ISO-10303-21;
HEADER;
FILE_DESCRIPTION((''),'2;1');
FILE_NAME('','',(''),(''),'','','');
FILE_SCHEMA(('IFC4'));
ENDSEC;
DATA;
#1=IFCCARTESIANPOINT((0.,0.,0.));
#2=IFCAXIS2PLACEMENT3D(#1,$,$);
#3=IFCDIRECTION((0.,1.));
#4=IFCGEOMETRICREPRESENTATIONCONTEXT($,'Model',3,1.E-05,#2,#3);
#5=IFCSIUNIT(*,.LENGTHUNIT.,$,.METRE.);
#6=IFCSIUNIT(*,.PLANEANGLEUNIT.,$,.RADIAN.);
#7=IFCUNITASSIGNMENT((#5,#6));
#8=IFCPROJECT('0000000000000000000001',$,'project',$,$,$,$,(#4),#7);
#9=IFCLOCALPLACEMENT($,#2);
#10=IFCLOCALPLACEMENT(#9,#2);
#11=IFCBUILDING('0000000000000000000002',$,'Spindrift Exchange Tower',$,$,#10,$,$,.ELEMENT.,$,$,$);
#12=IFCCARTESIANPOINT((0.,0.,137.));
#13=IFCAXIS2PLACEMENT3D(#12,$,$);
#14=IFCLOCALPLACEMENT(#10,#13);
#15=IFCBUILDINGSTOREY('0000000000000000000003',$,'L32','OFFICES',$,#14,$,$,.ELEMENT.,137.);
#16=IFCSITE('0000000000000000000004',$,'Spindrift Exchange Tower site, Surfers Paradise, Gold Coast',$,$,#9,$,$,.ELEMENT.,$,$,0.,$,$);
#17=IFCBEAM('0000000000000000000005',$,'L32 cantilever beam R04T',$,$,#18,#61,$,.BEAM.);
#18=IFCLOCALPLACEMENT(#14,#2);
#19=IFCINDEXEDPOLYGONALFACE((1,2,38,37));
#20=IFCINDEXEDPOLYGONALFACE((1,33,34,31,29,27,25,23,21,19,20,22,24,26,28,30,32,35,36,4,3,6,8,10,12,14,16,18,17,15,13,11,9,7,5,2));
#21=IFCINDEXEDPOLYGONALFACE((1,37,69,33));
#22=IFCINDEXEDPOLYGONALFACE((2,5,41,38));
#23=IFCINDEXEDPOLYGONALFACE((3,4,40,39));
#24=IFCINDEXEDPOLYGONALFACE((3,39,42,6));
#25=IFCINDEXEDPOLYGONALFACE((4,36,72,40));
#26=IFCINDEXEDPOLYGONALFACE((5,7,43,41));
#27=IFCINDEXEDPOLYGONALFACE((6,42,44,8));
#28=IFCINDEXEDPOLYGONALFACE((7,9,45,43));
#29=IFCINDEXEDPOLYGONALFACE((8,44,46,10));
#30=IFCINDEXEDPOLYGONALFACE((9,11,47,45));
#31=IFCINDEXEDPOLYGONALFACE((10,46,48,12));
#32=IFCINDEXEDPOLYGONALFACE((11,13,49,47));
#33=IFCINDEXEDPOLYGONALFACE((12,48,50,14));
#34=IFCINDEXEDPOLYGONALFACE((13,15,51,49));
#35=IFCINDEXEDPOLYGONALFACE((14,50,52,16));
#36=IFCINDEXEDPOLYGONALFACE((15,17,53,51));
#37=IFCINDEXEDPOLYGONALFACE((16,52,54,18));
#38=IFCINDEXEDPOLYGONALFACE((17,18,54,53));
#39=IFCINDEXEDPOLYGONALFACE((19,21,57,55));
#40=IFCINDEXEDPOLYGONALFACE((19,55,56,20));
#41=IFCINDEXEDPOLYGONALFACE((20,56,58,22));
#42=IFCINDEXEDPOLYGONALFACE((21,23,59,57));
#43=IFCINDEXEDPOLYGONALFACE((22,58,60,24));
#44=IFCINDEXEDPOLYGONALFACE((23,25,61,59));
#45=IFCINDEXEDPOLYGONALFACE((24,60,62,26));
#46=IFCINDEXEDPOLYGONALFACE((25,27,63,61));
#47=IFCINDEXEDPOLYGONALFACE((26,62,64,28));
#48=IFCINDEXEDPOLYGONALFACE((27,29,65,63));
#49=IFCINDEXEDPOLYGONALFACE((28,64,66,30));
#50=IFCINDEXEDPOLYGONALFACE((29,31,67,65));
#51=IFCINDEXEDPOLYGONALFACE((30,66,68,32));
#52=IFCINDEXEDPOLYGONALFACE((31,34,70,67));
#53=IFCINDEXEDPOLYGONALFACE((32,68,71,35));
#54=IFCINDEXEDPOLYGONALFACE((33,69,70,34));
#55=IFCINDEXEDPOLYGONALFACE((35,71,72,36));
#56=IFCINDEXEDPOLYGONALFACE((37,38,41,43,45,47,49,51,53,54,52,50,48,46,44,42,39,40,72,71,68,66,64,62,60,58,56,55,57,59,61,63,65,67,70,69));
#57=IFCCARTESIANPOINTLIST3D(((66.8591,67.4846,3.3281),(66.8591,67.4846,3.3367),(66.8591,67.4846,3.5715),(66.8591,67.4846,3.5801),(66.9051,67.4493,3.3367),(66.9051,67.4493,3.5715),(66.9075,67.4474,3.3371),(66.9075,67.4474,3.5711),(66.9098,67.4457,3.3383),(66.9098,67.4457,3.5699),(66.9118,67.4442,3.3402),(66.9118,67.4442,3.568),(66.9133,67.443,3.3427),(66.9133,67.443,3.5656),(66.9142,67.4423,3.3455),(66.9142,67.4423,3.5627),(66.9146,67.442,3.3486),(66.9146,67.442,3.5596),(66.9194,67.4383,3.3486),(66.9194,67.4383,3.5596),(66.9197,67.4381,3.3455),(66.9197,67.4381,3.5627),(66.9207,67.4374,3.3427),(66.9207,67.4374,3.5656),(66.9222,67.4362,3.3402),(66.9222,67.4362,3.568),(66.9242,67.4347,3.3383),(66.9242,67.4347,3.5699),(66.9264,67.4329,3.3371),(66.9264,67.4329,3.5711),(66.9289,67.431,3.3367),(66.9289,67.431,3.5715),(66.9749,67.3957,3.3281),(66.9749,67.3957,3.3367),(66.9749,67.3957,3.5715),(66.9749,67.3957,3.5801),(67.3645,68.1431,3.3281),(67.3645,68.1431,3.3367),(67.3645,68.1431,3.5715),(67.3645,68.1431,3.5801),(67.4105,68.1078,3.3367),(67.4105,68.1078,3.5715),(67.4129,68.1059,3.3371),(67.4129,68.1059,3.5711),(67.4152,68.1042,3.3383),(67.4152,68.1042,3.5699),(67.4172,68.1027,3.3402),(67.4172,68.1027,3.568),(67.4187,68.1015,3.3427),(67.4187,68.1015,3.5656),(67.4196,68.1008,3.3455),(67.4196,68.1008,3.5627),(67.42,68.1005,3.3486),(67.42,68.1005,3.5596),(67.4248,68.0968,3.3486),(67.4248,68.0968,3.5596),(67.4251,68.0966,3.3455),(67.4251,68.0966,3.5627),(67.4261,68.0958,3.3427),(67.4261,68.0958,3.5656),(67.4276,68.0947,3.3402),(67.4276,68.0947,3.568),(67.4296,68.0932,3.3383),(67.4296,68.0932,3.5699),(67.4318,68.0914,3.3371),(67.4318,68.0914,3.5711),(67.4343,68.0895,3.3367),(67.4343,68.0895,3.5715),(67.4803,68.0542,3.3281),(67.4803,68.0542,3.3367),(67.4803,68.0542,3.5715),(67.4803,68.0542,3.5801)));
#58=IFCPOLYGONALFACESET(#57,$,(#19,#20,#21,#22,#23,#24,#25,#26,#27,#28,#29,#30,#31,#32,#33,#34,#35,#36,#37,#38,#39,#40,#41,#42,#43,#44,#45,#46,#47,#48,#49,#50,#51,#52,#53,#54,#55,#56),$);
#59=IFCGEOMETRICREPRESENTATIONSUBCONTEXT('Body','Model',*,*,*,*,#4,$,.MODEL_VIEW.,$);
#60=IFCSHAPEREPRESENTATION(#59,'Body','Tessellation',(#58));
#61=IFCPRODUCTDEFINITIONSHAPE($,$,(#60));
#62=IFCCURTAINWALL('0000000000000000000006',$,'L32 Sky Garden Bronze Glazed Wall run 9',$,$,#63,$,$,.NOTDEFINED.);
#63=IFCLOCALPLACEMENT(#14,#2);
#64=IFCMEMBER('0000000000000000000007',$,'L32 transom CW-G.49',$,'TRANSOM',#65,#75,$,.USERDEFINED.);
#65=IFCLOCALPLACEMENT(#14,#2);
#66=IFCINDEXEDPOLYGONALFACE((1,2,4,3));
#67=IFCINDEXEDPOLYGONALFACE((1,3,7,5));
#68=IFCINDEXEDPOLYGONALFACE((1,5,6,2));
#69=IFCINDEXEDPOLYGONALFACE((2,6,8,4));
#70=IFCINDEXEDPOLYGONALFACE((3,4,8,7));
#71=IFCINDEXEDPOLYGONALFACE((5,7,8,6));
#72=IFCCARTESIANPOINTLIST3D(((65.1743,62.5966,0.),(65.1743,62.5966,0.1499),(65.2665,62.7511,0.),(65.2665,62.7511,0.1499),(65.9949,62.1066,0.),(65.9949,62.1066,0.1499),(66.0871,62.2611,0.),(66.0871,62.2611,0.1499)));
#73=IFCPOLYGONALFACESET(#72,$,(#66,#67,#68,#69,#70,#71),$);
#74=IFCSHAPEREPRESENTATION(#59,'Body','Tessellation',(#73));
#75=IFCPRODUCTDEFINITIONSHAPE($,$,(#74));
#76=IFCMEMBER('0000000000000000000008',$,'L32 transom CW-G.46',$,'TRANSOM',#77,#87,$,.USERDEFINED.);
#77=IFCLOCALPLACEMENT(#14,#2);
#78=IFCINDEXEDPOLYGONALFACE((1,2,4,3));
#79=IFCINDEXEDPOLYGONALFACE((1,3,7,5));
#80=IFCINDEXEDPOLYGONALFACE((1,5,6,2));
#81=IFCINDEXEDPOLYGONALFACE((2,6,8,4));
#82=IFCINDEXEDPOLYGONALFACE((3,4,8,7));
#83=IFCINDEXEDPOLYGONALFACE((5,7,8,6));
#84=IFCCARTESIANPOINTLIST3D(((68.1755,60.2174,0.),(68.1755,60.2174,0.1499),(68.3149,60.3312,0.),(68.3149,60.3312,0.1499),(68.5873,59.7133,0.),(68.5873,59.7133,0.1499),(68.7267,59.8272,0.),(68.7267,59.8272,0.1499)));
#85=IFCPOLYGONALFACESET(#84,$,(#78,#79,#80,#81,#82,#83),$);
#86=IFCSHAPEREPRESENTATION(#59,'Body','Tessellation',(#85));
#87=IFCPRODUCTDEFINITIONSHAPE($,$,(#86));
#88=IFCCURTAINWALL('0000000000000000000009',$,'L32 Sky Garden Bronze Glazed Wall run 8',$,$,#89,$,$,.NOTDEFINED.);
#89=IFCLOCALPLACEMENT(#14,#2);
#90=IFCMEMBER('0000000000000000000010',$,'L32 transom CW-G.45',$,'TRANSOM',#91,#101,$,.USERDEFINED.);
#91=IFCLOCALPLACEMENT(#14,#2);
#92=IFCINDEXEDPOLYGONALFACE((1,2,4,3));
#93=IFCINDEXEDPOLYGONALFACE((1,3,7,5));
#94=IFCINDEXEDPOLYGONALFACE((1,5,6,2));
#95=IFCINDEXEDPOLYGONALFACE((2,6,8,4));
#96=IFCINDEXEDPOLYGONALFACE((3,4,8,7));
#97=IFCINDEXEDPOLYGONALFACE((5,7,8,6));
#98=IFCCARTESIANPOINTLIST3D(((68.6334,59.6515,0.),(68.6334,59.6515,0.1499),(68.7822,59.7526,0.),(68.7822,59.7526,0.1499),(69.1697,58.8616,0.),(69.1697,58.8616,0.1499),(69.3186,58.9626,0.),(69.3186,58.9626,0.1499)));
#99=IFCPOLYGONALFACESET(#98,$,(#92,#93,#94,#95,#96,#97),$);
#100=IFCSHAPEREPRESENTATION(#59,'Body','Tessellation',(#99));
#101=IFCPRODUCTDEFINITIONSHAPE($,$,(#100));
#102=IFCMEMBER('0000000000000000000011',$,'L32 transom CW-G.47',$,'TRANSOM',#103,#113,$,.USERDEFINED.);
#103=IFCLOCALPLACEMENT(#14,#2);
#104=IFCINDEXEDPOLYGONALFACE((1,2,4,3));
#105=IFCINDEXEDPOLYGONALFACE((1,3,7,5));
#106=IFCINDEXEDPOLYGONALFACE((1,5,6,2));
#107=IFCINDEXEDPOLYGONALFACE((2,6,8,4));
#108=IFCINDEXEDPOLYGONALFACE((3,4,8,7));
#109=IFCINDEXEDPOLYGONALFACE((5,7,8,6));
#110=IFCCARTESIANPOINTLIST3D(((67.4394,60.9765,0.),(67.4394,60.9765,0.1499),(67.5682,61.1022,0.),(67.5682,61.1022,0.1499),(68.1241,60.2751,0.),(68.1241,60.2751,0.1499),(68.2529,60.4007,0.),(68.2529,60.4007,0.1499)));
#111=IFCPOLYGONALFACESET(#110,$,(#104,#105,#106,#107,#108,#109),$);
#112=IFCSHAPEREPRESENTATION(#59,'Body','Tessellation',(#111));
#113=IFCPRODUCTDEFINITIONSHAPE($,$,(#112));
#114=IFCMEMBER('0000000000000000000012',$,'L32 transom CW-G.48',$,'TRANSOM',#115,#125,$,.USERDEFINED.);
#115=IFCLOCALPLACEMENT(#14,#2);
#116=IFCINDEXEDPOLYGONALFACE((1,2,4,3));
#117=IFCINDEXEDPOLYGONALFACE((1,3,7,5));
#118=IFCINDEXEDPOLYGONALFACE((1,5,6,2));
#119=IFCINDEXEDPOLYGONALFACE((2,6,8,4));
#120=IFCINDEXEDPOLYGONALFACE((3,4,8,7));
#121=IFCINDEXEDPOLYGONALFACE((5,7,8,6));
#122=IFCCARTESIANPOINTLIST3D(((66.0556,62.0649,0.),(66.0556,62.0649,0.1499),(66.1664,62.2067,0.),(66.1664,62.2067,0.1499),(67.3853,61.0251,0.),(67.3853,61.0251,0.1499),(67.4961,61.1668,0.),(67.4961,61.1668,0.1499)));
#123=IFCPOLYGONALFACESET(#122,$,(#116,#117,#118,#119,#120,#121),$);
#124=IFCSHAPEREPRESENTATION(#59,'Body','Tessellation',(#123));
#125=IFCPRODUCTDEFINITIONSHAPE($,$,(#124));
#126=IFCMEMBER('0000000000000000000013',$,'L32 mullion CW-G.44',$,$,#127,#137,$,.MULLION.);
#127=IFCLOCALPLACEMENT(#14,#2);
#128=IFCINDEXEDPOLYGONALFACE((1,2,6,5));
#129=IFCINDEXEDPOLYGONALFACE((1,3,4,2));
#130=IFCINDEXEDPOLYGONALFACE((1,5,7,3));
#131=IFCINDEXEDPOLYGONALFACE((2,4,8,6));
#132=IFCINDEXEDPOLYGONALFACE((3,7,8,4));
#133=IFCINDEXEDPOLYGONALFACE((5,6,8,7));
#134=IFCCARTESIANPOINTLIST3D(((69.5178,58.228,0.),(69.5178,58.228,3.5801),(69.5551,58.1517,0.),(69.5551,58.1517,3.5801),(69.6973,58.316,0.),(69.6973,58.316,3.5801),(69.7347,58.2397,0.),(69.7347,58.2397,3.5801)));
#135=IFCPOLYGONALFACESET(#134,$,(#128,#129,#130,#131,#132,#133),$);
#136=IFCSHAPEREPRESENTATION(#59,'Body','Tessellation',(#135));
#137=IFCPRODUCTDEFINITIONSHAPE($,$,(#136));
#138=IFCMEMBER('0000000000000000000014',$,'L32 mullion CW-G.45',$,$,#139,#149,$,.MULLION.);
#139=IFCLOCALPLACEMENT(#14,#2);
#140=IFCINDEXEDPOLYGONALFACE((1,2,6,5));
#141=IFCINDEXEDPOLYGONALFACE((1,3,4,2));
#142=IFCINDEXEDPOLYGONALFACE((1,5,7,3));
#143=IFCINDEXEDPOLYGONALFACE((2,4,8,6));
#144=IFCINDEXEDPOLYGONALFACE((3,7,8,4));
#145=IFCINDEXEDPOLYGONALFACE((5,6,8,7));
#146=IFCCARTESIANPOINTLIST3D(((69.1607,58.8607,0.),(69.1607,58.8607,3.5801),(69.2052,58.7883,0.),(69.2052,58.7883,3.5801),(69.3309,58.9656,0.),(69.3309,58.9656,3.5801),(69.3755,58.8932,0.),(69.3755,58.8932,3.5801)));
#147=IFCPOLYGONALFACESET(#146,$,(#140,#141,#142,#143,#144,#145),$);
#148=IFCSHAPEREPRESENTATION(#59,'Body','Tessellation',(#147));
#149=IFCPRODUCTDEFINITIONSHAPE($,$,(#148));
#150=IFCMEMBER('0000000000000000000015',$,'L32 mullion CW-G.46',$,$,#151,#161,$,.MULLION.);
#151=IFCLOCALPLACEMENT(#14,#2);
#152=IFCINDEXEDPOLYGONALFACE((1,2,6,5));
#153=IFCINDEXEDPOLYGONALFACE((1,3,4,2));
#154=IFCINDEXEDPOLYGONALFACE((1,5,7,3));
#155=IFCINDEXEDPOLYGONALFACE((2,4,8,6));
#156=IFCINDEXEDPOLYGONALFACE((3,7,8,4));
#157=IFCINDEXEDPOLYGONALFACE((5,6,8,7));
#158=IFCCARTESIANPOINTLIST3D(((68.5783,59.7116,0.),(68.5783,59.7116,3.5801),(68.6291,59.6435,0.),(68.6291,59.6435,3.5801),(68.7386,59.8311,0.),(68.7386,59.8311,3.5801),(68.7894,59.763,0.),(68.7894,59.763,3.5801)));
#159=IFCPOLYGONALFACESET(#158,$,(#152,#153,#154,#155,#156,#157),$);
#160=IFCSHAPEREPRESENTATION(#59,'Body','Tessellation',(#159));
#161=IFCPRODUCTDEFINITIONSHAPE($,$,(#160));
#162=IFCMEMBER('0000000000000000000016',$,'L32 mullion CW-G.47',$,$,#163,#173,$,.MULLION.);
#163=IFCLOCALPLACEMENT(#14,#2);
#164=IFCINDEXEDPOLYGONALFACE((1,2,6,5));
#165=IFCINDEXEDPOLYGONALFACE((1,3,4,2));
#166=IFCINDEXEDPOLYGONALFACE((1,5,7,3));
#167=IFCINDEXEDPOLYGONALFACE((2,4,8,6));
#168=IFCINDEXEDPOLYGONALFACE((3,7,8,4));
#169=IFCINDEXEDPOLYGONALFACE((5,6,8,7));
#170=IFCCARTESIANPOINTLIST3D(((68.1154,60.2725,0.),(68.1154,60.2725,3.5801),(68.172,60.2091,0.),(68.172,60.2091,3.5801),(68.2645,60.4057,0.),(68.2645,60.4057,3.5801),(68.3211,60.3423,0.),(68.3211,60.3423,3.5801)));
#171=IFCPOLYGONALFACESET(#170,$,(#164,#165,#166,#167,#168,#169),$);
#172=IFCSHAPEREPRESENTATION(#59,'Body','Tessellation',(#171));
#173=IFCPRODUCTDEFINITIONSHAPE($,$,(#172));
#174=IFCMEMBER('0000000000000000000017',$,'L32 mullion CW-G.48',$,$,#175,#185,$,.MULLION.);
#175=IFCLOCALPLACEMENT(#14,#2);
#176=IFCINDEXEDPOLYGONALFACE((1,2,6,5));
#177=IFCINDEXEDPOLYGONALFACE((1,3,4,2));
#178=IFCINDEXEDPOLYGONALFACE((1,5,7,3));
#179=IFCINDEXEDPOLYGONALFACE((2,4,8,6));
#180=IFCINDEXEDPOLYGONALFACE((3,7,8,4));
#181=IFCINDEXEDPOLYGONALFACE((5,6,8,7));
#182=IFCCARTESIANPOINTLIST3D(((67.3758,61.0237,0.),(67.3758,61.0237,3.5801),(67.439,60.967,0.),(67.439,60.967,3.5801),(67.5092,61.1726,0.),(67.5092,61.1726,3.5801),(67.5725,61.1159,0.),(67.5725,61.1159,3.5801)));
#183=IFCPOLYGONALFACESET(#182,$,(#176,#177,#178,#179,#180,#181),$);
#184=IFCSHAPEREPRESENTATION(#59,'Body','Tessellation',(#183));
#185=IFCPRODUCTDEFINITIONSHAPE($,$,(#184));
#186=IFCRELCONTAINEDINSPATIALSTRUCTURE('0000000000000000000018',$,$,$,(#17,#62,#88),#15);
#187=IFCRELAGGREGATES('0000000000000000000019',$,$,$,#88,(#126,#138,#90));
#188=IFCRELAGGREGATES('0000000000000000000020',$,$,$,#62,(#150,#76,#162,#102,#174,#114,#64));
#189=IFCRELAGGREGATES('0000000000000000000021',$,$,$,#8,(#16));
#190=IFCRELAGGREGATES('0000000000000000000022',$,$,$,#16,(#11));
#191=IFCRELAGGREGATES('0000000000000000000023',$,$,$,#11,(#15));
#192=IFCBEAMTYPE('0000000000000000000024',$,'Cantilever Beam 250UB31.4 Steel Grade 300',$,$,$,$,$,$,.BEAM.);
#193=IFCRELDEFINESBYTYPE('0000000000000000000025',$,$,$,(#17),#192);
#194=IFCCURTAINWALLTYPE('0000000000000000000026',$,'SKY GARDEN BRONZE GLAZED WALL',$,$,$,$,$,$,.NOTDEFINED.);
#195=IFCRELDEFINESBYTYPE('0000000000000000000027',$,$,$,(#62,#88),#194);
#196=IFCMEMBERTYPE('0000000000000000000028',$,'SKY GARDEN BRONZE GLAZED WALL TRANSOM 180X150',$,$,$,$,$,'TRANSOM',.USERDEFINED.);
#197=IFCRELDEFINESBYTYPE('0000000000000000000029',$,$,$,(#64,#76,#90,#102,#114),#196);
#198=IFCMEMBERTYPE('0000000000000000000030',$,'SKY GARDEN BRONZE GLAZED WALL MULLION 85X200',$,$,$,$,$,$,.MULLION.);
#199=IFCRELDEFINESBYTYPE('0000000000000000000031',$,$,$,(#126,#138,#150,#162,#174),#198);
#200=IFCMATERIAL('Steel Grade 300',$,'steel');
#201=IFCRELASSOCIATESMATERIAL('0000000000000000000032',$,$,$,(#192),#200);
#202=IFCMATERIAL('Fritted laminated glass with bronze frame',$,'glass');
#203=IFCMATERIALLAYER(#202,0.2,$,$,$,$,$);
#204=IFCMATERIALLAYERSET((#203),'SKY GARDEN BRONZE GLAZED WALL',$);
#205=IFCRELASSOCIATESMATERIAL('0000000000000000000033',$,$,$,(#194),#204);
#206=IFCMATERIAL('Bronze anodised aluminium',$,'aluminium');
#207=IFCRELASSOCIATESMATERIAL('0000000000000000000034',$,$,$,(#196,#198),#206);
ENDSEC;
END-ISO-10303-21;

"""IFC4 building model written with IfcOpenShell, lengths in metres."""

from ifc_helpers import new_model, si_unit, direction, frame, origin, origin_2d, place, context, subcontext, project, spatial, rectangle, i_section, extrude, source, transform, mapped, material, layer, layer_set, material_profile, profile_set, type_object, element, aggregate, save


model = new_model("IFC4")

# Units and contexts
model_context = context("Model", 3, precision=1e-05, world=origin(), true_north=direction((0.0, 1.0)))
body_context = subcontext(model_context, "Body", "Model", "MODEL_VIEW")
ifc_project = project(units=[si_unit("LENGTHUNIT", "METRE"), si_unit("PLANEANGLEUNIT", "RADIAN")], contexts=[model_context])

# Site, building, storey
site_placement = place(None, origin())
site = spatial("IfcSite", under=ifc_project, at=site_placement, Name="Spindrift Exchange Tower site, Surfers Paradise, Gold Coast", CompositionType="ELEMENT", RefElevation=0.0)
building_placement = place(site_placement, origin())
building = spatial("IfcBuilding", under=site, at=building_placement, Name="Spindrift Exchange Tower", CompositionType="ELEMENT")
storey_placement = place(building_placement, frame((0.0, 0.0, 137.0)))
storey = spatial("IfcBuildingStorey", under=building, at=storey_placement, Name="L32", Description="OFFICES", CompositionType="ELEMENT", Elevation=137.0)

# Beam
ifc_material_1 = material(Name="Steel Grade 300", Category="steel")
ifc_material_profile_1 = material_profile(ifc_material_1, i_section(OverallWidth=0.146, OverallDepth=0.252, WebThickness=0.0061, FlangeThickness=0.0085, FilletRadius=0.012, at=origin_2d()), Name="250UB31.4")
ifc_profile_set_1 = profile_set([ifc_material_profile_1], Name="Steel Grade 300")
beam_type_1 = type_object("IfcBeamType", Name="Cantilever Beam 250UB31.4 Steel Grade 300", PredefinedType="BEAM", material=ifc_profile_set_1)
shared_shape_1 = source(origin(), body_context, "Body", "SweptSolid", [
    extrude(i_section(OverallWidth=0.146, OverallDepth=0.252, WebThickness=0.0061, FlangeThickness=0.0085, FilletRadius=0.012, at=origin_2d()), origin(), (0.0, 0.0, 1.0), 0.8301),
])
beam_1_placement = place(storey_placement, frame((66.917, 67.4402, 3.4541), z_axis=(0.608858, 0.79328, 0.0), x_axis=(-0.79328, 0.608858, 0.0)))
element("IfcBeam", 1, at=beam_1_placement, inside=storey, type_object=beam_type_1, Name="L32 cantilever beam R04T", PredefinedType="BEAM", context=body_context, shape_type="MappedRepresentation", body=[
    mapped(shared_shape_1, transform((0.0, 0.0, 0.0), scale=1.0)),
])

# Curtain wall, members
ifc_material_2 = material(Name="Fritted laminated glass with bronze frame", Category="glass")
ifc_layer_1 = layer(ifc_material_2, 0.2)
ifc_layer_set_1 = layer_set([ifc_layer_1], Name="SKY GARDEN BRONZE GLAZED WALL")
curtain_wall_type = type_object("IfcCurtainWallType", Name="SKY GARDEN BRONZE GLAZED WALL", PredefinedType="NOTDEFINED", material=ifc_layer_set_1)
curtain_wall_1_placement = place(storey_placement, origin())
curtain_wall_1 = element("IfcCurtainWall", 2, at=curtain_wall_1_placement, inside=storey, type_object=curtain_wall_type, Name="L32 Sky Garden Bronze Glazed Wall run 9", PredefinedType="NOTDEFINED")
ifc_material_3 = material(Name="Bronze anodised aluminium", Category="aluminium")
ifc_material_profile_2 = material_profile(ifc_material_3, rectangle(XDim=0.1799, YDim=0.1499, at=origin_2d()), Name="SKY GARDEN BRONZE GLAZED WALL TRANSOM 180X150")
ifc_profile_set_2 = profile_set([ifc_material_profile_2], Name="Bronze anodised aluminium")
member_type_1 = type_object("IfcMemberType", Name="SKY GARDEN BRONZE GLAZED WALL TRANSOM 180X150", ElementType="TRANSOM", PredefinedType="USERDEFINED", material=ifc_profile_set_2)
shared_shape_2 = source(origin(), body_context, "Body", "SweptSolid", [
    extrude(rectangle(XDim=0.1799, YDim=0.1499, at=origin_2d()), origin(), (0.0, 0.0, 1.0), 0.9558),
])
member_1_placement = place(storey_placement, frame((66.041, 62.1838, 0.075), z_axis=(-0.858573, 0.512691, 0.0), x_axis=(-0.512691, -0.858573, 0.0)))
member_1 = element("IfcMember", 3, at=member_1_placement, type_object=member_type_1, Name="L32 transom CW-G.49", ObjectType="TRANSOM", PredefinedType="USERDEFINED", context=body_context, shape_type="MappedRepresentation", body=[
    mapped(shared_shape_2, transform((0.0, 0.0, 0.0), scale=1.0)),
])
shared_shape_3 = source(origin(), body_context, "Body", "SweptSolid", [
    extrude(rectangle(XDim=0.1799, YDim=0.1499, at=origin_2d()), origin(), (0.0, 0.0, 1.0), 0.6509),
])
member_2_placement = place(storey_placement, frame((68.657, 59.7703, 0.075), z_axis=(-0.632666, 0.774425, 0.0), x_axis=(-0.774425, -0.632666, 0.0)))
member_2 = element("IfcMember", 4, at=member_2_placement, type_object=member_type_1, Name="L32 transom CW-G.46", ObjectType="TRANSOM", PredefinedType="USERDEFINED", context=body_context, shape_type="MappedRepresentation", body=[
    mapped(shared_shape_3, transform((0.0, 0.0, 0.0), scale=1.0)),
])

# Curtain wall, member
curtain_wall_2_placement = place(storey_placement, origin())
curtain_wall_2 = element("IfcCurtainWall", 5, at=curtain_wall_2_placement, inside=storey, type_object=curtain_wall_type, Name="L32 Sky Garden Bronze Glazed Wall run 8", PredefinedType="NOTDEFINED")
shared_shape_4 = source(origin(), body_context, "Body", "SweptSolid", [
    extrude(rectangle(XDim=0.1799, YDim=0.1499, at=origin_2d()), origin(), (0.0, 0.0, 1.0), 0.9548),
])
member_3_placement = place(storey_placement, frame((69.2441, 58.9121, 0.075), z_axis=(-0.561701, 0.82734, 0.0), x_axis=(-0.82734, -0.561701, 0.0)))
member_3 = element("IfcMember", 6, at=member_3_placement, type_object=member_type_1, Name="L32 transom CW-G.45", ObjectType="TRANSOM", PredefinedType="USERDEFINED", context=body_context, shape_type="MappedRepresentation", body=[
    mapped(shared_shape_4, transform((0.0, 0.0, 0.0), scale=1.0)),
])

# Members
shared_shape_5 = source(origin(), body_context, "Body", "SweptSolid", [
    extrude(rectangle(XDim=0.1799, YDim=0.1499, at=origin_2d()), origin(), (0.0, 0.0, 1.0), 0.9802),
])
member_4_placement = place(storey_placement, frame((68.1885, 60.3379, 0.075), z_axis=(-0.698461, 0.715648, 0.0), x_axis=(-0.715648, -0.698461, 0.0)))
member_4 = element("IfcMember", 7, at=member_4_placement, type_object=member_type_1, Name="L32 transom CW-G.47", ObjectType="TRANSOM", PredefinedType="USERDEFINED", context=body_context, shape_type="MappedRepresentation", body=[
    mapped(shared_shape_5, transform((0.0, 0.0, 0.0), scale=1.0)),
])
shared_shape_6 = source(origin(), body_context, "Body", "SweptSolid", [
    extrude(rectangle(XDim=0.1799, YDim=0.1499, at=origin_2d()), origin(), (0.0, 0.0, 1.0), 1.688),
])
member_5_placement = place(storey_placement, frame((67.4407, 61.0959, 0.075), z_axis=(-0.787722, 0.616031, 0.0), x_axis=(-0.616031, -0.787722, 0.0)))
member_5 = element("IfcMember", 8, at=member_5_placement, type_object=member_type_1, Name="L32 transom CW-G.48", ObjectType="TRANSOM", PredefinedType="USERDEFINED", context=body_context, shape_type="MappedRepresentation", body=[
    mapped(shared_shape_6, transform((0.0, 0.0, 0.0), scale=1.0)),
])
ifc_material_profile_3 = material_profile(ifc_material_3, rectangle(XDim=0.085, YDim=0.2, at=origin_2d()), Name="SKY GARDEN BRONZE GLAZED WALL MULLION 85X200")
ifc_profile_set_3 = profile_set([ifc_material_profile_3], Name="Bronze anodised aluminium")
member_type_2 = type_object("IfcMemberType", Name="SKY GARDEN BRONZE GLAZED WALL MULLION 85X200", PredefinedType="MULLION", material=ifc_profile_set_3)
shared_shape_7 = source(origin(), body_context, "Body", "SweptSolid", [
    extrude(rectangle(XDim=0.085, YDim=0.2, at=origin_2d()), origin(), (0.0, 0.0, 1.0), 3.5801),
])
member_6_placement = place(storey_placement, frame((69.6262, 58.2339, 0.0), z_axis=(0.0, 0.0, 1.0), x_axis=(-0.440045, 0.897976, 0.0)))
member_6 = element("IfcMember", 9, at=member_6_placement, type_object=member_type_2, Name="L32 mullion CW-G.44", PredefinedType="MULLION", context=body_context, shape_type="MappedRepresentation", body=[
    mapped(shared_shape_7, transform((0.0, 0.0, 0.0), scale=1.0)),
])
member_7_placement = place(storey_placement, frame((69.2681, 58.877, 0.0), z_axis=(0.0, 0.0, 1.0), x_axis=(-0.524702, 0.851286, 0.0)))
member_7 = element("IfcMember", 10, at=member_7_placement, type_object=member_type_2, Name="L32 mullion CW-G.45", PredefinedType="MULLION", context=body_context, shape_type="MappedRepresentation", body=[
    mapped(shared_shape_7, transform((0.0, 0.0, 0.0), scale=1.0)),
])
member_8_placement = place(storey_placement, frame((68.6838, 59.7373, 0.0), z_axis=(0.0, 0.0, 1.0), x_axis=(-0.59779, 0.801653, 0.0)))
member_8 = element("IfcMember", 11, at=member_8_placement, type_object=member_type_2, Name="L32 mullion CW-G.46", PredefinedType="MULLION", context=body_context, shape_type="MappedRepresentation", body=[
    mapped(shared_shape_7, transform((0.0, 0.0, 0.0), scale=1.0)),
])
member_9_placement = place(storey_placement, frame((68.2183, 60.3074, 0.0), z_axis=(0.0, 0.0, 1.0), x_axis=(-0.666173, 0.745798, 0.0)))
member_9 = element("IfcMember", 12, at=member_9_placement, type_object=member_type_2, Name="L32 mullion CW-G.47", PredefinedType="MULLION", context=body_context, shape_type="MappedRepresentation", body=[
    mapped(shared_shape_7, transform((0.0, 0.0, 0.0), scale=1.0)),
])
member_10_placement = place(storey_placement, frame((67.4741, 61.0698, 0.0), z_axis=(0.0, 0.0, 1.0), x_axis=(-0.744739, 0.667356, 0.0)))
member_10 = element("IfcMember", 13, at=member_10_placement, type_object=member_type_2, Name="L32 mullion CW-G.48", PredefinedType="MULLION", context=body_context, shape_type="MappedRepresentation", body=[
    mapped(shared_shape_7, transform((0.0, 0.0, 0.0), scale=1.0)),
])

aggregate(curtain_wall_2, [member_6, member_7, member_3])
aggregate(curtain_wall_1, [member_8, member_2, member_9, member_4, member_10, member_5, member_1])

save(model, "model.ifc")
